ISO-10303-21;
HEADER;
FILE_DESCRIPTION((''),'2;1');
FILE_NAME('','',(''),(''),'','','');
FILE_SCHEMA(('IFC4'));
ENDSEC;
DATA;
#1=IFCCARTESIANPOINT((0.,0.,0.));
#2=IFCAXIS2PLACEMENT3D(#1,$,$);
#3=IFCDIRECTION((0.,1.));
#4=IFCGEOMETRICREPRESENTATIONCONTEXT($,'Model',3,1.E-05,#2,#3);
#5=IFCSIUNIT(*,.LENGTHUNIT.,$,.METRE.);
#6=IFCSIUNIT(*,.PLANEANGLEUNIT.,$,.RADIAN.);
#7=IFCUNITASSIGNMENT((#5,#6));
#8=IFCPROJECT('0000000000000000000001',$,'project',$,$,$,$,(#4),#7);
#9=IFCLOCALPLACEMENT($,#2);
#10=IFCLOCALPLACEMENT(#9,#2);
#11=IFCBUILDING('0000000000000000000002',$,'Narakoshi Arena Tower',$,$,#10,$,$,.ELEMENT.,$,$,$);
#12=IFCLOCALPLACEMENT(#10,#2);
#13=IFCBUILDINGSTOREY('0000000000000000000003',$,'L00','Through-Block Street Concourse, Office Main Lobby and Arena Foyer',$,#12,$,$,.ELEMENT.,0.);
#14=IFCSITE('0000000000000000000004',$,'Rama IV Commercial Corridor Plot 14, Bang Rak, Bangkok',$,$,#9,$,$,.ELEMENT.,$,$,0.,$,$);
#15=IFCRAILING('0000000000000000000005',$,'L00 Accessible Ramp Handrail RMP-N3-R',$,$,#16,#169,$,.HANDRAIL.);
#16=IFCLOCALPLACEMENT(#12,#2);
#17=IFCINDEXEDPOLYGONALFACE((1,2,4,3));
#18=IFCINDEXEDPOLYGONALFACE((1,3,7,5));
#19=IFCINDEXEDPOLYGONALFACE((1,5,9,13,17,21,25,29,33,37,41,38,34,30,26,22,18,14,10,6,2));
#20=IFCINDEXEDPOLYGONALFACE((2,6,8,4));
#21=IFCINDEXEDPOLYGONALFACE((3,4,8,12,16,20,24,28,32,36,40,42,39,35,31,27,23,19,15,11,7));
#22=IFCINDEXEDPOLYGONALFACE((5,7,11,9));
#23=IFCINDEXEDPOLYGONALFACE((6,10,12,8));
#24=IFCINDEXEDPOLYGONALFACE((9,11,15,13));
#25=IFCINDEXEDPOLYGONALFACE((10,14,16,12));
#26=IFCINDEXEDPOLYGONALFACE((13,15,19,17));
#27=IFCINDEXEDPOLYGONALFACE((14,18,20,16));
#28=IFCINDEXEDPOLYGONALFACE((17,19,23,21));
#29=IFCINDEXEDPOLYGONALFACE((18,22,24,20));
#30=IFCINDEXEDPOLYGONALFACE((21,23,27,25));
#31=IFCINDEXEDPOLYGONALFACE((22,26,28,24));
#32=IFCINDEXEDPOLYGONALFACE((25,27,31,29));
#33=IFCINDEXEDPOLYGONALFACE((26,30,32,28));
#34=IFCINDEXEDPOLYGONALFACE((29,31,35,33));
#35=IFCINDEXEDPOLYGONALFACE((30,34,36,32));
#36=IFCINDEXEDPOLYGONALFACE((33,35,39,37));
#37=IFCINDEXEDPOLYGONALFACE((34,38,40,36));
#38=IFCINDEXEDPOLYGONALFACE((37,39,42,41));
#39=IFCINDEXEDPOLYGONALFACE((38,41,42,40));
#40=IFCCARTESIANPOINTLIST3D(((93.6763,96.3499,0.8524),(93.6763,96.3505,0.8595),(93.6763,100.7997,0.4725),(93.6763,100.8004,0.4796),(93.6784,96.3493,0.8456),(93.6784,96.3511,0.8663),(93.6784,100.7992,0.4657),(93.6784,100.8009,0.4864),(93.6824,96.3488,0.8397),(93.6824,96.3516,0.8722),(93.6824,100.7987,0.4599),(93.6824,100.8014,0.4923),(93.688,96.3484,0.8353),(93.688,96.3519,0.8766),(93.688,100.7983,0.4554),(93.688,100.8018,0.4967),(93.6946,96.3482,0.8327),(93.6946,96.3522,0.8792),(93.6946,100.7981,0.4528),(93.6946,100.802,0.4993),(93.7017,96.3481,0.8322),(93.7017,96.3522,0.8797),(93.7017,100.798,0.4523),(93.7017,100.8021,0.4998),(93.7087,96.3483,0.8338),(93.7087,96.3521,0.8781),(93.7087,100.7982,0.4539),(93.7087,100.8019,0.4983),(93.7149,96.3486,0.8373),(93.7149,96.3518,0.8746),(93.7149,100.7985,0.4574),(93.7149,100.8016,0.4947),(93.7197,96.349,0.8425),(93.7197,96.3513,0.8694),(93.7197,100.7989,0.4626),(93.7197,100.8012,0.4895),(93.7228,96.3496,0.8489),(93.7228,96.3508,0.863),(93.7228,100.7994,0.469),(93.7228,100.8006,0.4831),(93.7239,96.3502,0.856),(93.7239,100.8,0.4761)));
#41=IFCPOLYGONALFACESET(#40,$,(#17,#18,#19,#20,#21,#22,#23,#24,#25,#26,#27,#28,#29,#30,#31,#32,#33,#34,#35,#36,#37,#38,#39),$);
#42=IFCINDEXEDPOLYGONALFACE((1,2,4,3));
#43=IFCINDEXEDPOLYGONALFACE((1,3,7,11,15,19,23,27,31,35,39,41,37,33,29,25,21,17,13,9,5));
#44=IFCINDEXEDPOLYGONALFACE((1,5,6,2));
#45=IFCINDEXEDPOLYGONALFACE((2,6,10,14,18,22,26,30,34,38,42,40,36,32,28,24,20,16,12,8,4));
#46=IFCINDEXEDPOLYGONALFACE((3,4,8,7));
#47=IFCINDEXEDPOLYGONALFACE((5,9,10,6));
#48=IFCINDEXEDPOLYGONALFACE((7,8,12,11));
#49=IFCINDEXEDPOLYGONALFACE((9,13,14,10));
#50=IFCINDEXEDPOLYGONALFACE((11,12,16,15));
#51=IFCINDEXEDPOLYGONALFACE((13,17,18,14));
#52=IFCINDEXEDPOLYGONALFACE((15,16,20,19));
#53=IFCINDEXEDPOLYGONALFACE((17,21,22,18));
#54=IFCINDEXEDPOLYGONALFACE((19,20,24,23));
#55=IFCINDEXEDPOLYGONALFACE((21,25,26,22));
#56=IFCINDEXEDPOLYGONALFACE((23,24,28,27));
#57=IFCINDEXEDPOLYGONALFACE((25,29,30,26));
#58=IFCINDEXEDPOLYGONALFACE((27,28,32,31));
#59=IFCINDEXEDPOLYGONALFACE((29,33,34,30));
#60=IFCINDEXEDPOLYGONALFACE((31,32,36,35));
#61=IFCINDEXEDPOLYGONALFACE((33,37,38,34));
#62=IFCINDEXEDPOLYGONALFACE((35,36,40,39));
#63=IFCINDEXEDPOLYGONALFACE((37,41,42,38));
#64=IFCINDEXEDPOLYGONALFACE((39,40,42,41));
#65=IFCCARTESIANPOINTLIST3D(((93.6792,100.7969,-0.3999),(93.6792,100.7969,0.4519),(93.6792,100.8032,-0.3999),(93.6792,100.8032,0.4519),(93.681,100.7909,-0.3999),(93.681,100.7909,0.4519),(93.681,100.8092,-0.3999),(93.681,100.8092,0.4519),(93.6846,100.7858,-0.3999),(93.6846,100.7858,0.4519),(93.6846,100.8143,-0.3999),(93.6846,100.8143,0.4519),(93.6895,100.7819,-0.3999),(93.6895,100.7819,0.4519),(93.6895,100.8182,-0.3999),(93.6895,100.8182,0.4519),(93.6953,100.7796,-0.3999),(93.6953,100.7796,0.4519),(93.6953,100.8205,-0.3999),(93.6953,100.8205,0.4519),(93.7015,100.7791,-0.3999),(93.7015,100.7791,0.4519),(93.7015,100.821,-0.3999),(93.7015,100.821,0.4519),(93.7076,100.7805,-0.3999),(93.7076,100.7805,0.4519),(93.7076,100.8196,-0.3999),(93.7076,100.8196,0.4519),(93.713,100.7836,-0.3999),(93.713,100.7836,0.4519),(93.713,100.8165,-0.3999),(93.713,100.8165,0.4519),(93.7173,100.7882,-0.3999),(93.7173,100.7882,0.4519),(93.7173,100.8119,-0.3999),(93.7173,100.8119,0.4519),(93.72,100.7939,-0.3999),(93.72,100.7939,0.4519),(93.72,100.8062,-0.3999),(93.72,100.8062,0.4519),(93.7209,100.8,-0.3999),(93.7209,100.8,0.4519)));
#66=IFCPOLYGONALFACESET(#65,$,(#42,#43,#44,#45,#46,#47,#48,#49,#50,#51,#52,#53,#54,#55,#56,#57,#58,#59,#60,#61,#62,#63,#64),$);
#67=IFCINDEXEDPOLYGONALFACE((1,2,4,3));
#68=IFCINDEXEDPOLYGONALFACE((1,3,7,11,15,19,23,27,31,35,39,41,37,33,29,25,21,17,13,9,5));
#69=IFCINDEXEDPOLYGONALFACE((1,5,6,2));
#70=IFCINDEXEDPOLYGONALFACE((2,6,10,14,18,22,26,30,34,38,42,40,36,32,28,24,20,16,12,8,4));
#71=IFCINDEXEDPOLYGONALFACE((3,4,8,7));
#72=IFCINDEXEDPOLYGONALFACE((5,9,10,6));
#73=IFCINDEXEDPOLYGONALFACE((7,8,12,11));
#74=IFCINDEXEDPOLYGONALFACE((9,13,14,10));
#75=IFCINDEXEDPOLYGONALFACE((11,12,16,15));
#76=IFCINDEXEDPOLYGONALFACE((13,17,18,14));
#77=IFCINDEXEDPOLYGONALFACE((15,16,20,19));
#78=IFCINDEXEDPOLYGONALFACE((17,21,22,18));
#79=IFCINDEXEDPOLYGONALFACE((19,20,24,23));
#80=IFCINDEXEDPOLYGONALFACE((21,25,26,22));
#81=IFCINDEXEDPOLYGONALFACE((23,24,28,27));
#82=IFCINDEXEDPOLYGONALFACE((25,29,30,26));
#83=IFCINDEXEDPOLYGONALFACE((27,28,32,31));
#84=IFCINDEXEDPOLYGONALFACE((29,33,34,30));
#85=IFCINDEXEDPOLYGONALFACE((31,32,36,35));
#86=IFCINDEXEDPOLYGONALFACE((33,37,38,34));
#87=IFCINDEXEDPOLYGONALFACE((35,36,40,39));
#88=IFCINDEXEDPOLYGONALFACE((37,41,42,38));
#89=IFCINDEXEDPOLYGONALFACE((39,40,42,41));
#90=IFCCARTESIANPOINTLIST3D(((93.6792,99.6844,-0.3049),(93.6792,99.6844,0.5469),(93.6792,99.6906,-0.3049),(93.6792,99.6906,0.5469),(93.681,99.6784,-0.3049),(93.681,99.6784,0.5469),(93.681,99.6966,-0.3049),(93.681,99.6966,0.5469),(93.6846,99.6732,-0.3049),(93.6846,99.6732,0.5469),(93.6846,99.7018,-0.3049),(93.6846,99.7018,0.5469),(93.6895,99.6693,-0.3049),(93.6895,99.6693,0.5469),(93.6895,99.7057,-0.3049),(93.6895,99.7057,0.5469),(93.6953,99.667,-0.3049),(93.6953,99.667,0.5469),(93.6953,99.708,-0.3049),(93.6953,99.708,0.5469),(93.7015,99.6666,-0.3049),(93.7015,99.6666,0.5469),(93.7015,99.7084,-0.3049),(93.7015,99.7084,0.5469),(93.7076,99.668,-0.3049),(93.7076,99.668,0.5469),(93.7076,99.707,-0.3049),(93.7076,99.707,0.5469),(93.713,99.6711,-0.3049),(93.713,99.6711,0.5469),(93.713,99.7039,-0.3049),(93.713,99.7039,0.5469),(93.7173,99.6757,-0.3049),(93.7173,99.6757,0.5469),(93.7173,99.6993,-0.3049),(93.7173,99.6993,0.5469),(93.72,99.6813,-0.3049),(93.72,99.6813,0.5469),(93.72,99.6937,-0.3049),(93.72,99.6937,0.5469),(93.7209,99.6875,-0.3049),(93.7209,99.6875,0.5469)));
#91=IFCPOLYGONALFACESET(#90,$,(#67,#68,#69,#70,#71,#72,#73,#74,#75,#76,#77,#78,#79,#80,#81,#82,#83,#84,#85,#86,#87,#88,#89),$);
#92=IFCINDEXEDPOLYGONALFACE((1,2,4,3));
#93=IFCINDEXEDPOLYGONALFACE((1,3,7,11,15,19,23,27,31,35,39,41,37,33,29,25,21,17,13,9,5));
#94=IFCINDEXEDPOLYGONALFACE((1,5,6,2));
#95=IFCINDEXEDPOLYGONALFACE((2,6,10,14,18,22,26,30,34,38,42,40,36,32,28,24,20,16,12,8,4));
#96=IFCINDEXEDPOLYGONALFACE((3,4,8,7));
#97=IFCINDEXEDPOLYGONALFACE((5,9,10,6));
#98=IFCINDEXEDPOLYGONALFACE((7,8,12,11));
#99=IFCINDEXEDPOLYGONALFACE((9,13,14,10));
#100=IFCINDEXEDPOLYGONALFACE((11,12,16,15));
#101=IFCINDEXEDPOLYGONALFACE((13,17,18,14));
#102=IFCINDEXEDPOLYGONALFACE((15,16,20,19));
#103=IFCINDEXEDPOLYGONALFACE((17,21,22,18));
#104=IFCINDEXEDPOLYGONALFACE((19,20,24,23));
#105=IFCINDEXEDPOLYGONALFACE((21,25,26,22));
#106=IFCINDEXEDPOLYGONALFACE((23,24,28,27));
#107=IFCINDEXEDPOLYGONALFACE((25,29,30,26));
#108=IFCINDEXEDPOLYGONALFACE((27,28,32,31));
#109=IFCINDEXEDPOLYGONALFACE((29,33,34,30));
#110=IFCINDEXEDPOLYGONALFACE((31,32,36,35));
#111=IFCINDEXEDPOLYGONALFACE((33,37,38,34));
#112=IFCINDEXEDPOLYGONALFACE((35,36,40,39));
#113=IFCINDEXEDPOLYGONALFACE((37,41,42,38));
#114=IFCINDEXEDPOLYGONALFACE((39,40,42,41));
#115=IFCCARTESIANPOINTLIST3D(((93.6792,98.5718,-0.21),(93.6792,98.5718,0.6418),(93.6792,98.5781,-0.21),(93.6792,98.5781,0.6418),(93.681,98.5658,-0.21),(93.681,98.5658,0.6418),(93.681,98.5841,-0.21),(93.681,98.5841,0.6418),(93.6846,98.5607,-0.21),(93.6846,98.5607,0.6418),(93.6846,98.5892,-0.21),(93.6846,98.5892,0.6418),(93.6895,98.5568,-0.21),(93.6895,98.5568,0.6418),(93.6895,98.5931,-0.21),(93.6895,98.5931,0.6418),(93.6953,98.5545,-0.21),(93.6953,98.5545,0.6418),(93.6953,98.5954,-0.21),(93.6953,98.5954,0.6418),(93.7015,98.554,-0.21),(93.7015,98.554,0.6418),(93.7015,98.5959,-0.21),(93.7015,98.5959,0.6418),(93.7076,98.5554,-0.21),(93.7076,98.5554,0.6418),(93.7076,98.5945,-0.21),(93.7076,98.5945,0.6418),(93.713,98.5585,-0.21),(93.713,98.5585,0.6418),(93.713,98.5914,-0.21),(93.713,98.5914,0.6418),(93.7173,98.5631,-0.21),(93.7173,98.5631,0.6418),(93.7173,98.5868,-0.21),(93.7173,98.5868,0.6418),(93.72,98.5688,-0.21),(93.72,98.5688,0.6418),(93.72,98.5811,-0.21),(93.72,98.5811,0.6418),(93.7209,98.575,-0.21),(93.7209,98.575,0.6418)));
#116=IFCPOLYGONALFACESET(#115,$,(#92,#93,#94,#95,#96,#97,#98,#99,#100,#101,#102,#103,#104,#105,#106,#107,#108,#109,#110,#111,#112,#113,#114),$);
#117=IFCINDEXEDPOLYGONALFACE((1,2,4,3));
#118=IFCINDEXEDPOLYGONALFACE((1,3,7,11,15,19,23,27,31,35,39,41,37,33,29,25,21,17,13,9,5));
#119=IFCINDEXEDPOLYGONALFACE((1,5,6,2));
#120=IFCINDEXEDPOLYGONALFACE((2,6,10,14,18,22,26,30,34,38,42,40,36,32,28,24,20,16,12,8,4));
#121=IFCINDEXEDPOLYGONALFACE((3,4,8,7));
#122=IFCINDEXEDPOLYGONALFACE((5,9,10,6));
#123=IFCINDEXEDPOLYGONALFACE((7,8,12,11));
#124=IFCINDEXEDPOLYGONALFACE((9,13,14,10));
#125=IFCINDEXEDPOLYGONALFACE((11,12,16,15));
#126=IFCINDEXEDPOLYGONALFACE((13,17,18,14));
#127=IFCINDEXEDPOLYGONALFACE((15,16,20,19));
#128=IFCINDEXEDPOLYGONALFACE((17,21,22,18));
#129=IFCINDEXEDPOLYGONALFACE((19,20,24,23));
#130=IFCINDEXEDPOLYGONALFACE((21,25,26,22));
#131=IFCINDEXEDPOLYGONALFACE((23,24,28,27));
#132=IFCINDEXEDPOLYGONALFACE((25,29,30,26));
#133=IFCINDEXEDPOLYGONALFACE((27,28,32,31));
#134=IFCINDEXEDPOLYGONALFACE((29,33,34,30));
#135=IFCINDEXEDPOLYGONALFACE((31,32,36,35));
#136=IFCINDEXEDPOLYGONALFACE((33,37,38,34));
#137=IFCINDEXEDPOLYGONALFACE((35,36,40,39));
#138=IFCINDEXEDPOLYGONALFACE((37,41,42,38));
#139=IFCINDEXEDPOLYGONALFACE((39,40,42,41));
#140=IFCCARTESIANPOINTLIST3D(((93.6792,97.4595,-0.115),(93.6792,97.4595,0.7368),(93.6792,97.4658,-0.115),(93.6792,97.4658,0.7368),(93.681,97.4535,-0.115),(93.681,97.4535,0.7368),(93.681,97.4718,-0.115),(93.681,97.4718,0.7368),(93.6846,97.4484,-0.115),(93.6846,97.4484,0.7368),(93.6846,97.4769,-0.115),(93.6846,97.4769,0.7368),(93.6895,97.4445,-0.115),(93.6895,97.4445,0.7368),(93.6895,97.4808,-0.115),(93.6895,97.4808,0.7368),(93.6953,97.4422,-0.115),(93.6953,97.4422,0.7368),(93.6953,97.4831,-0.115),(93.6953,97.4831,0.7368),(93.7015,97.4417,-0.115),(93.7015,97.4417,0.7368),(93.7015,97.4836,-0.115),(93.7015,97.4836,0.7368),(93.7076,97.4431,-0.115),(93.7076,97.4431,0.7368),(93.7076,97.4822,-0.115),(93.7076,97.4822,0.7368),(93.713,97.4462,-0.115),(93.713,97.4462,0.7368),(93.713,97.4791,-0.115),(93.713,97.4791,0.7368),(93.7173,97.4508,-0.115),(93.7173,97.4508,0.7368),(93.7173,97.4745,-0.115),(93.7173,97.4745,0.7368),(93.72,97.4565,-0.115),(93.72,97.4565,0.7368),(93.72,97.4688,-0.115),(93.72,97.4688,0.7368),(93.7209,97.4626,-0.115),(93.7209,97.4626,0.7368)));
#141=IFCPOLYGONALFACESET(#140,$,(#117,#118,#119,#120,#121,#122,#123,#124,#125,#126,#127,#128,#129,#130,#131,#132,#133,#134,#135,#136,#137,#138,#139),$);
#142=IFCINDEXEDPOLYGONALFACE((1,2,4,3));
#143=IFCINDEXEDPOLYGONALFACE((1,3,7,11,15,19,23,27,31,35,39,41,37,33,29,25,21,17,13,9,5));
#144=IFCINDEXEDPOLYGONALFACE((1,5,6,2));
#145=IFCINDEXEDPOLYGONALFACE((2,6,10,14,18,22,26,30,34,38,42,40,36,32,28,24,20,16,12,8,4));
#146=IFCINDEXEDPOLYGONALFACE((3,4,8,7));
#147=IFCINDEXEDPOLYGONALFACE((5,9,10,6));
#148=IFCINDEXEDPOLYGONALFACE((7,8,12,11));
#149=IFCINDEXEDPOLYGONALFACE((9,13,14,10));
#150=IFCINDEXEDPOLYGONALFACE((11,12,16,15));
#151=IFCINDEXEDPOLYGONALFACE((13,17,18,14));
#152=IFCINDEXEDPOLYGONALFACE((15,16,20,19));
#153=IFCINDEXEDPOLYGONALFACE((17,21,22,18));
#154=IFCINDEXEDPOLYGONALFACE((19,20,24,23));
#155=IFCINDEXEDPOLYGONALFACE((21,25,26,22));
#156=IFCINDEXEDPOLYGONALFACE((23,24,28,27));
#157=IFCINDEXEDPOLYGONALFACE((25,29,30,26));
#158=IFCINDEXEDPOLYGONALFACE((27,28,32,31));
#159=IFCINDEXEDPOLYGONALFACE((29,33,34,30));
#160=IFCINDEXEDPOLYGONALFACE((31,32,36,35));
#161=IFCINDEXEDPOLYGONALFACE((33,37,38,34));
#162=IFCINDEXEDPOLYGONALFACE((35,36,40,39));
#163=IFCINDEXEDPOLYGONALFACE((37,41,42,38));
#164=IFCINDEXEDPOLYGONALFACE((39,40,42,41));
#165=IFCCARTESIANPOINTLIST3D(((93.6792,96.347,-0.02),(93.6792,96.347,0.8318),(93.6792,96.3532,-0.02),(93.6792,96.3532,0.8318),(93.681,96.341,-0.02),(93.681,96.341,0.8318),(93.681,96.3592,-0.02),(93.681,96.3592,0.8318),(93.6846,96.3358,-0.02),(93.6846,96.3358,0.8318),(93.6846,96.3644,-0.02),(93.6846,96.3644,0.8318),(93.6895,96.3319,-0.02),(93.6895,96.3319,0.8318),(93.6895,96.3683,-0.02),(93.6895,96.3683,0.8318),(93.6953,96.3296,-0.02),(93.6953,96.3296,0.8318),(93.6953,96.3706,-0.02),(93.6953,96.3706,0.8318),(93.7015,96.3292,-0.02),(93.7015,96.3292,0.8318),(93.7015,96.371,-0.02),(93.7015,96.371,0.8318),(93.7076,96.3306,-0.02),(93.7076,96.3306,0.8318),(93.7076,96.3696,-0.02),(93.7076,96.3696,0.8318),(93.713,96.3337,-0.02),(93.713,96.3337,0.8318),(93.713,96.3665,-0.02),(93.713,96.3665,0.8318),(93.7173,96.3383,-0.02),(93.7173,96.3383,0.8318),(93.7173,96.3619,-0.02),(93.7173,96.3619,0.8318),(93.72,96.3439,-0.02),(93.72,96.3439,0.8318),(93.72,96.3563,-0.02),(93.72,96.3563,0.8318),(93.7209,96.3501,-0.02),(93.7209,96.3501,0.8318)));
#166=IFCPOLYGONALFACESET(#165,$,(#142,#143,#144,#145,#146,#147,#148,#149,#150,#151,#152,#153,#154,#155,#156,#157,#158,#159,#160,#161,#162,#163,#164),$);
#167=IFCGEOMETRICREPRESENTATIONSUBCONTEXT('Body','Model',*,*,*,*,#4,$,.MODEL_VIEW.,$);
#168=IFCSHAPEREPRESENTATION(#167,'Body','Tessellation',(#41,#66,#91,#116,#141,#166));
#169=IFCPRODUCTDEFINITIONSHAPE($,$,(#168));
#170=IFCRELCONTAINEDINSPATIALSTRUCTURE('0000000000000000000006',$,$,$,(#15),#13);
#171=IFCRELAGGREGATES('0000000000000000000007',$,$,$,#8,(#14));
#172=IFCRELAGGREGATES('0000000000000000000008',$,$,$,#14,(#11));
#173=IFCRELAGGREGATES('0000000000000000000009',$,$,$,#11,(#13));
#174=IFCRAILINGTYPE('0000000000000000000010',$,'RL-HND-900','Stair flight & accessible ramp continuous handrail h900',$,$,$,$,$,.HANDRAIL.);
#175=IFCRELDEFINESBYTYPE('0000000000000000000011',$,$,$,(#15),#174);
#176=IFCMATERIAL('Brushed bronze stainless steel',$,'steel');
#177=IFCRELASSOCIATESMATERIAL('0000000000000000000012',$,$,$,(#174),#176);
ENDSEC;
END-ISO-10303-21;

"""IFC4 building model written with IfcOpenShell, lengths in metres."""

from ifc_helpers import new_model, si_unit, direction, frame, origin, origin_2d, place, context, subcontext, project, spatial, circle, extrude, material, type_object, element, save


model = new_model("IFC4")

# Units and contexts
model_context = context("Model", 3, precision=1e-05, world=origin(), true_north=direction((0.0, 1.0)))
body_context = subcontext(model_context, "Body", "Model", "MODEL_VIEW")
ifc_project = project(units=[si_unit("LENGTHUNIT", "METRE"), si_unit("PLANEANGLEUNIT", "RADIAN")], contexts=[model_context])

# Site, building, storey
site_placement = place(None, origin())
site = spatial("IfcSite", under=ifc_project, at=site_placement, Name="Rama IV Commercial Corridor Plot 14, Bang Rak, Bangkok", CompositionType="ELEMENT", RefElevation=0.0)
building_placement = place(site_placement, origin())
building = spatial("IfcBuilding", under=site, at=building_placement, Name="Narakoshi Arena Tower", CompositionType="ELEMENT")
storey_placement = place(building_placement, origin())
storey = spatial("IfcBuildingStorey", under=building, at=storey_placement, Name="L00", Description="Through-Block Street Concourse, Office Main Lobby and Arena Foyer", CompositionType="ELEMENT", Elevation=0.0)

# Railing
ifc_material_1 = material(Name="Brushed bronze stainless steel", Category="steel")
railing_type = type_object("IfcRailingType", Name="RL-HND-900", Description="Stair flight & accessible ramp continuous handrail h900", PredefinedType="HANDRAIL", material=ifc_material_1)
for number, where, name in (
    (1, (93.7, 100.8, -0.3999), "L00 Accessible Ramp Handrail RMP-N3-R"),
):
    element("IfcRailing", number, at=place(storey_placement, frame(where)), inside=storey, type_object=railing_type, Name=name, PredefinedType="HANDRAIL", context=body_context, shape_type="SweptSolid", body=[
        extrude(circle(Radius=0.0239, at=origin_2d()), frame((0.0, 0.0, 0.876), z_axis=(0.0, -0.996376, 0.085058), x_axis=(1.0, 0.0, 0.0)), (0.0, 0.0, 1.0), 4.4661),
        extrude(circle(Radius=0.021, at=origin_2d()), origin(), (0.0, 0.0, 1.0), 0.8518),
        extrude(circle(Radius=0.021, at=origin_2d()), frame((0.0, -1.1125, 0.095)), (0.0, 0.0, 1.0), 0.8518),
        extrude(circle(Radius=0.021, at=origin_2d()), frame((0.0, -2.2251, 0.1899)), (0.0, 0.0, 1.0), 0.8518),
        extrude(circle(Radius=0.021, at=origin_2d()), frame((0.0, -3.3374, 0.2849)), (0.0, 0.0, 1.0), 0.8518),
        extrude(circle(Radius=0.021, at=origin_2d()), frame((0.0, -4.45, 0.3799)), (0.0, 0.0, 1.0), 0.8518),
    ])

save(model, "model.ifc")
